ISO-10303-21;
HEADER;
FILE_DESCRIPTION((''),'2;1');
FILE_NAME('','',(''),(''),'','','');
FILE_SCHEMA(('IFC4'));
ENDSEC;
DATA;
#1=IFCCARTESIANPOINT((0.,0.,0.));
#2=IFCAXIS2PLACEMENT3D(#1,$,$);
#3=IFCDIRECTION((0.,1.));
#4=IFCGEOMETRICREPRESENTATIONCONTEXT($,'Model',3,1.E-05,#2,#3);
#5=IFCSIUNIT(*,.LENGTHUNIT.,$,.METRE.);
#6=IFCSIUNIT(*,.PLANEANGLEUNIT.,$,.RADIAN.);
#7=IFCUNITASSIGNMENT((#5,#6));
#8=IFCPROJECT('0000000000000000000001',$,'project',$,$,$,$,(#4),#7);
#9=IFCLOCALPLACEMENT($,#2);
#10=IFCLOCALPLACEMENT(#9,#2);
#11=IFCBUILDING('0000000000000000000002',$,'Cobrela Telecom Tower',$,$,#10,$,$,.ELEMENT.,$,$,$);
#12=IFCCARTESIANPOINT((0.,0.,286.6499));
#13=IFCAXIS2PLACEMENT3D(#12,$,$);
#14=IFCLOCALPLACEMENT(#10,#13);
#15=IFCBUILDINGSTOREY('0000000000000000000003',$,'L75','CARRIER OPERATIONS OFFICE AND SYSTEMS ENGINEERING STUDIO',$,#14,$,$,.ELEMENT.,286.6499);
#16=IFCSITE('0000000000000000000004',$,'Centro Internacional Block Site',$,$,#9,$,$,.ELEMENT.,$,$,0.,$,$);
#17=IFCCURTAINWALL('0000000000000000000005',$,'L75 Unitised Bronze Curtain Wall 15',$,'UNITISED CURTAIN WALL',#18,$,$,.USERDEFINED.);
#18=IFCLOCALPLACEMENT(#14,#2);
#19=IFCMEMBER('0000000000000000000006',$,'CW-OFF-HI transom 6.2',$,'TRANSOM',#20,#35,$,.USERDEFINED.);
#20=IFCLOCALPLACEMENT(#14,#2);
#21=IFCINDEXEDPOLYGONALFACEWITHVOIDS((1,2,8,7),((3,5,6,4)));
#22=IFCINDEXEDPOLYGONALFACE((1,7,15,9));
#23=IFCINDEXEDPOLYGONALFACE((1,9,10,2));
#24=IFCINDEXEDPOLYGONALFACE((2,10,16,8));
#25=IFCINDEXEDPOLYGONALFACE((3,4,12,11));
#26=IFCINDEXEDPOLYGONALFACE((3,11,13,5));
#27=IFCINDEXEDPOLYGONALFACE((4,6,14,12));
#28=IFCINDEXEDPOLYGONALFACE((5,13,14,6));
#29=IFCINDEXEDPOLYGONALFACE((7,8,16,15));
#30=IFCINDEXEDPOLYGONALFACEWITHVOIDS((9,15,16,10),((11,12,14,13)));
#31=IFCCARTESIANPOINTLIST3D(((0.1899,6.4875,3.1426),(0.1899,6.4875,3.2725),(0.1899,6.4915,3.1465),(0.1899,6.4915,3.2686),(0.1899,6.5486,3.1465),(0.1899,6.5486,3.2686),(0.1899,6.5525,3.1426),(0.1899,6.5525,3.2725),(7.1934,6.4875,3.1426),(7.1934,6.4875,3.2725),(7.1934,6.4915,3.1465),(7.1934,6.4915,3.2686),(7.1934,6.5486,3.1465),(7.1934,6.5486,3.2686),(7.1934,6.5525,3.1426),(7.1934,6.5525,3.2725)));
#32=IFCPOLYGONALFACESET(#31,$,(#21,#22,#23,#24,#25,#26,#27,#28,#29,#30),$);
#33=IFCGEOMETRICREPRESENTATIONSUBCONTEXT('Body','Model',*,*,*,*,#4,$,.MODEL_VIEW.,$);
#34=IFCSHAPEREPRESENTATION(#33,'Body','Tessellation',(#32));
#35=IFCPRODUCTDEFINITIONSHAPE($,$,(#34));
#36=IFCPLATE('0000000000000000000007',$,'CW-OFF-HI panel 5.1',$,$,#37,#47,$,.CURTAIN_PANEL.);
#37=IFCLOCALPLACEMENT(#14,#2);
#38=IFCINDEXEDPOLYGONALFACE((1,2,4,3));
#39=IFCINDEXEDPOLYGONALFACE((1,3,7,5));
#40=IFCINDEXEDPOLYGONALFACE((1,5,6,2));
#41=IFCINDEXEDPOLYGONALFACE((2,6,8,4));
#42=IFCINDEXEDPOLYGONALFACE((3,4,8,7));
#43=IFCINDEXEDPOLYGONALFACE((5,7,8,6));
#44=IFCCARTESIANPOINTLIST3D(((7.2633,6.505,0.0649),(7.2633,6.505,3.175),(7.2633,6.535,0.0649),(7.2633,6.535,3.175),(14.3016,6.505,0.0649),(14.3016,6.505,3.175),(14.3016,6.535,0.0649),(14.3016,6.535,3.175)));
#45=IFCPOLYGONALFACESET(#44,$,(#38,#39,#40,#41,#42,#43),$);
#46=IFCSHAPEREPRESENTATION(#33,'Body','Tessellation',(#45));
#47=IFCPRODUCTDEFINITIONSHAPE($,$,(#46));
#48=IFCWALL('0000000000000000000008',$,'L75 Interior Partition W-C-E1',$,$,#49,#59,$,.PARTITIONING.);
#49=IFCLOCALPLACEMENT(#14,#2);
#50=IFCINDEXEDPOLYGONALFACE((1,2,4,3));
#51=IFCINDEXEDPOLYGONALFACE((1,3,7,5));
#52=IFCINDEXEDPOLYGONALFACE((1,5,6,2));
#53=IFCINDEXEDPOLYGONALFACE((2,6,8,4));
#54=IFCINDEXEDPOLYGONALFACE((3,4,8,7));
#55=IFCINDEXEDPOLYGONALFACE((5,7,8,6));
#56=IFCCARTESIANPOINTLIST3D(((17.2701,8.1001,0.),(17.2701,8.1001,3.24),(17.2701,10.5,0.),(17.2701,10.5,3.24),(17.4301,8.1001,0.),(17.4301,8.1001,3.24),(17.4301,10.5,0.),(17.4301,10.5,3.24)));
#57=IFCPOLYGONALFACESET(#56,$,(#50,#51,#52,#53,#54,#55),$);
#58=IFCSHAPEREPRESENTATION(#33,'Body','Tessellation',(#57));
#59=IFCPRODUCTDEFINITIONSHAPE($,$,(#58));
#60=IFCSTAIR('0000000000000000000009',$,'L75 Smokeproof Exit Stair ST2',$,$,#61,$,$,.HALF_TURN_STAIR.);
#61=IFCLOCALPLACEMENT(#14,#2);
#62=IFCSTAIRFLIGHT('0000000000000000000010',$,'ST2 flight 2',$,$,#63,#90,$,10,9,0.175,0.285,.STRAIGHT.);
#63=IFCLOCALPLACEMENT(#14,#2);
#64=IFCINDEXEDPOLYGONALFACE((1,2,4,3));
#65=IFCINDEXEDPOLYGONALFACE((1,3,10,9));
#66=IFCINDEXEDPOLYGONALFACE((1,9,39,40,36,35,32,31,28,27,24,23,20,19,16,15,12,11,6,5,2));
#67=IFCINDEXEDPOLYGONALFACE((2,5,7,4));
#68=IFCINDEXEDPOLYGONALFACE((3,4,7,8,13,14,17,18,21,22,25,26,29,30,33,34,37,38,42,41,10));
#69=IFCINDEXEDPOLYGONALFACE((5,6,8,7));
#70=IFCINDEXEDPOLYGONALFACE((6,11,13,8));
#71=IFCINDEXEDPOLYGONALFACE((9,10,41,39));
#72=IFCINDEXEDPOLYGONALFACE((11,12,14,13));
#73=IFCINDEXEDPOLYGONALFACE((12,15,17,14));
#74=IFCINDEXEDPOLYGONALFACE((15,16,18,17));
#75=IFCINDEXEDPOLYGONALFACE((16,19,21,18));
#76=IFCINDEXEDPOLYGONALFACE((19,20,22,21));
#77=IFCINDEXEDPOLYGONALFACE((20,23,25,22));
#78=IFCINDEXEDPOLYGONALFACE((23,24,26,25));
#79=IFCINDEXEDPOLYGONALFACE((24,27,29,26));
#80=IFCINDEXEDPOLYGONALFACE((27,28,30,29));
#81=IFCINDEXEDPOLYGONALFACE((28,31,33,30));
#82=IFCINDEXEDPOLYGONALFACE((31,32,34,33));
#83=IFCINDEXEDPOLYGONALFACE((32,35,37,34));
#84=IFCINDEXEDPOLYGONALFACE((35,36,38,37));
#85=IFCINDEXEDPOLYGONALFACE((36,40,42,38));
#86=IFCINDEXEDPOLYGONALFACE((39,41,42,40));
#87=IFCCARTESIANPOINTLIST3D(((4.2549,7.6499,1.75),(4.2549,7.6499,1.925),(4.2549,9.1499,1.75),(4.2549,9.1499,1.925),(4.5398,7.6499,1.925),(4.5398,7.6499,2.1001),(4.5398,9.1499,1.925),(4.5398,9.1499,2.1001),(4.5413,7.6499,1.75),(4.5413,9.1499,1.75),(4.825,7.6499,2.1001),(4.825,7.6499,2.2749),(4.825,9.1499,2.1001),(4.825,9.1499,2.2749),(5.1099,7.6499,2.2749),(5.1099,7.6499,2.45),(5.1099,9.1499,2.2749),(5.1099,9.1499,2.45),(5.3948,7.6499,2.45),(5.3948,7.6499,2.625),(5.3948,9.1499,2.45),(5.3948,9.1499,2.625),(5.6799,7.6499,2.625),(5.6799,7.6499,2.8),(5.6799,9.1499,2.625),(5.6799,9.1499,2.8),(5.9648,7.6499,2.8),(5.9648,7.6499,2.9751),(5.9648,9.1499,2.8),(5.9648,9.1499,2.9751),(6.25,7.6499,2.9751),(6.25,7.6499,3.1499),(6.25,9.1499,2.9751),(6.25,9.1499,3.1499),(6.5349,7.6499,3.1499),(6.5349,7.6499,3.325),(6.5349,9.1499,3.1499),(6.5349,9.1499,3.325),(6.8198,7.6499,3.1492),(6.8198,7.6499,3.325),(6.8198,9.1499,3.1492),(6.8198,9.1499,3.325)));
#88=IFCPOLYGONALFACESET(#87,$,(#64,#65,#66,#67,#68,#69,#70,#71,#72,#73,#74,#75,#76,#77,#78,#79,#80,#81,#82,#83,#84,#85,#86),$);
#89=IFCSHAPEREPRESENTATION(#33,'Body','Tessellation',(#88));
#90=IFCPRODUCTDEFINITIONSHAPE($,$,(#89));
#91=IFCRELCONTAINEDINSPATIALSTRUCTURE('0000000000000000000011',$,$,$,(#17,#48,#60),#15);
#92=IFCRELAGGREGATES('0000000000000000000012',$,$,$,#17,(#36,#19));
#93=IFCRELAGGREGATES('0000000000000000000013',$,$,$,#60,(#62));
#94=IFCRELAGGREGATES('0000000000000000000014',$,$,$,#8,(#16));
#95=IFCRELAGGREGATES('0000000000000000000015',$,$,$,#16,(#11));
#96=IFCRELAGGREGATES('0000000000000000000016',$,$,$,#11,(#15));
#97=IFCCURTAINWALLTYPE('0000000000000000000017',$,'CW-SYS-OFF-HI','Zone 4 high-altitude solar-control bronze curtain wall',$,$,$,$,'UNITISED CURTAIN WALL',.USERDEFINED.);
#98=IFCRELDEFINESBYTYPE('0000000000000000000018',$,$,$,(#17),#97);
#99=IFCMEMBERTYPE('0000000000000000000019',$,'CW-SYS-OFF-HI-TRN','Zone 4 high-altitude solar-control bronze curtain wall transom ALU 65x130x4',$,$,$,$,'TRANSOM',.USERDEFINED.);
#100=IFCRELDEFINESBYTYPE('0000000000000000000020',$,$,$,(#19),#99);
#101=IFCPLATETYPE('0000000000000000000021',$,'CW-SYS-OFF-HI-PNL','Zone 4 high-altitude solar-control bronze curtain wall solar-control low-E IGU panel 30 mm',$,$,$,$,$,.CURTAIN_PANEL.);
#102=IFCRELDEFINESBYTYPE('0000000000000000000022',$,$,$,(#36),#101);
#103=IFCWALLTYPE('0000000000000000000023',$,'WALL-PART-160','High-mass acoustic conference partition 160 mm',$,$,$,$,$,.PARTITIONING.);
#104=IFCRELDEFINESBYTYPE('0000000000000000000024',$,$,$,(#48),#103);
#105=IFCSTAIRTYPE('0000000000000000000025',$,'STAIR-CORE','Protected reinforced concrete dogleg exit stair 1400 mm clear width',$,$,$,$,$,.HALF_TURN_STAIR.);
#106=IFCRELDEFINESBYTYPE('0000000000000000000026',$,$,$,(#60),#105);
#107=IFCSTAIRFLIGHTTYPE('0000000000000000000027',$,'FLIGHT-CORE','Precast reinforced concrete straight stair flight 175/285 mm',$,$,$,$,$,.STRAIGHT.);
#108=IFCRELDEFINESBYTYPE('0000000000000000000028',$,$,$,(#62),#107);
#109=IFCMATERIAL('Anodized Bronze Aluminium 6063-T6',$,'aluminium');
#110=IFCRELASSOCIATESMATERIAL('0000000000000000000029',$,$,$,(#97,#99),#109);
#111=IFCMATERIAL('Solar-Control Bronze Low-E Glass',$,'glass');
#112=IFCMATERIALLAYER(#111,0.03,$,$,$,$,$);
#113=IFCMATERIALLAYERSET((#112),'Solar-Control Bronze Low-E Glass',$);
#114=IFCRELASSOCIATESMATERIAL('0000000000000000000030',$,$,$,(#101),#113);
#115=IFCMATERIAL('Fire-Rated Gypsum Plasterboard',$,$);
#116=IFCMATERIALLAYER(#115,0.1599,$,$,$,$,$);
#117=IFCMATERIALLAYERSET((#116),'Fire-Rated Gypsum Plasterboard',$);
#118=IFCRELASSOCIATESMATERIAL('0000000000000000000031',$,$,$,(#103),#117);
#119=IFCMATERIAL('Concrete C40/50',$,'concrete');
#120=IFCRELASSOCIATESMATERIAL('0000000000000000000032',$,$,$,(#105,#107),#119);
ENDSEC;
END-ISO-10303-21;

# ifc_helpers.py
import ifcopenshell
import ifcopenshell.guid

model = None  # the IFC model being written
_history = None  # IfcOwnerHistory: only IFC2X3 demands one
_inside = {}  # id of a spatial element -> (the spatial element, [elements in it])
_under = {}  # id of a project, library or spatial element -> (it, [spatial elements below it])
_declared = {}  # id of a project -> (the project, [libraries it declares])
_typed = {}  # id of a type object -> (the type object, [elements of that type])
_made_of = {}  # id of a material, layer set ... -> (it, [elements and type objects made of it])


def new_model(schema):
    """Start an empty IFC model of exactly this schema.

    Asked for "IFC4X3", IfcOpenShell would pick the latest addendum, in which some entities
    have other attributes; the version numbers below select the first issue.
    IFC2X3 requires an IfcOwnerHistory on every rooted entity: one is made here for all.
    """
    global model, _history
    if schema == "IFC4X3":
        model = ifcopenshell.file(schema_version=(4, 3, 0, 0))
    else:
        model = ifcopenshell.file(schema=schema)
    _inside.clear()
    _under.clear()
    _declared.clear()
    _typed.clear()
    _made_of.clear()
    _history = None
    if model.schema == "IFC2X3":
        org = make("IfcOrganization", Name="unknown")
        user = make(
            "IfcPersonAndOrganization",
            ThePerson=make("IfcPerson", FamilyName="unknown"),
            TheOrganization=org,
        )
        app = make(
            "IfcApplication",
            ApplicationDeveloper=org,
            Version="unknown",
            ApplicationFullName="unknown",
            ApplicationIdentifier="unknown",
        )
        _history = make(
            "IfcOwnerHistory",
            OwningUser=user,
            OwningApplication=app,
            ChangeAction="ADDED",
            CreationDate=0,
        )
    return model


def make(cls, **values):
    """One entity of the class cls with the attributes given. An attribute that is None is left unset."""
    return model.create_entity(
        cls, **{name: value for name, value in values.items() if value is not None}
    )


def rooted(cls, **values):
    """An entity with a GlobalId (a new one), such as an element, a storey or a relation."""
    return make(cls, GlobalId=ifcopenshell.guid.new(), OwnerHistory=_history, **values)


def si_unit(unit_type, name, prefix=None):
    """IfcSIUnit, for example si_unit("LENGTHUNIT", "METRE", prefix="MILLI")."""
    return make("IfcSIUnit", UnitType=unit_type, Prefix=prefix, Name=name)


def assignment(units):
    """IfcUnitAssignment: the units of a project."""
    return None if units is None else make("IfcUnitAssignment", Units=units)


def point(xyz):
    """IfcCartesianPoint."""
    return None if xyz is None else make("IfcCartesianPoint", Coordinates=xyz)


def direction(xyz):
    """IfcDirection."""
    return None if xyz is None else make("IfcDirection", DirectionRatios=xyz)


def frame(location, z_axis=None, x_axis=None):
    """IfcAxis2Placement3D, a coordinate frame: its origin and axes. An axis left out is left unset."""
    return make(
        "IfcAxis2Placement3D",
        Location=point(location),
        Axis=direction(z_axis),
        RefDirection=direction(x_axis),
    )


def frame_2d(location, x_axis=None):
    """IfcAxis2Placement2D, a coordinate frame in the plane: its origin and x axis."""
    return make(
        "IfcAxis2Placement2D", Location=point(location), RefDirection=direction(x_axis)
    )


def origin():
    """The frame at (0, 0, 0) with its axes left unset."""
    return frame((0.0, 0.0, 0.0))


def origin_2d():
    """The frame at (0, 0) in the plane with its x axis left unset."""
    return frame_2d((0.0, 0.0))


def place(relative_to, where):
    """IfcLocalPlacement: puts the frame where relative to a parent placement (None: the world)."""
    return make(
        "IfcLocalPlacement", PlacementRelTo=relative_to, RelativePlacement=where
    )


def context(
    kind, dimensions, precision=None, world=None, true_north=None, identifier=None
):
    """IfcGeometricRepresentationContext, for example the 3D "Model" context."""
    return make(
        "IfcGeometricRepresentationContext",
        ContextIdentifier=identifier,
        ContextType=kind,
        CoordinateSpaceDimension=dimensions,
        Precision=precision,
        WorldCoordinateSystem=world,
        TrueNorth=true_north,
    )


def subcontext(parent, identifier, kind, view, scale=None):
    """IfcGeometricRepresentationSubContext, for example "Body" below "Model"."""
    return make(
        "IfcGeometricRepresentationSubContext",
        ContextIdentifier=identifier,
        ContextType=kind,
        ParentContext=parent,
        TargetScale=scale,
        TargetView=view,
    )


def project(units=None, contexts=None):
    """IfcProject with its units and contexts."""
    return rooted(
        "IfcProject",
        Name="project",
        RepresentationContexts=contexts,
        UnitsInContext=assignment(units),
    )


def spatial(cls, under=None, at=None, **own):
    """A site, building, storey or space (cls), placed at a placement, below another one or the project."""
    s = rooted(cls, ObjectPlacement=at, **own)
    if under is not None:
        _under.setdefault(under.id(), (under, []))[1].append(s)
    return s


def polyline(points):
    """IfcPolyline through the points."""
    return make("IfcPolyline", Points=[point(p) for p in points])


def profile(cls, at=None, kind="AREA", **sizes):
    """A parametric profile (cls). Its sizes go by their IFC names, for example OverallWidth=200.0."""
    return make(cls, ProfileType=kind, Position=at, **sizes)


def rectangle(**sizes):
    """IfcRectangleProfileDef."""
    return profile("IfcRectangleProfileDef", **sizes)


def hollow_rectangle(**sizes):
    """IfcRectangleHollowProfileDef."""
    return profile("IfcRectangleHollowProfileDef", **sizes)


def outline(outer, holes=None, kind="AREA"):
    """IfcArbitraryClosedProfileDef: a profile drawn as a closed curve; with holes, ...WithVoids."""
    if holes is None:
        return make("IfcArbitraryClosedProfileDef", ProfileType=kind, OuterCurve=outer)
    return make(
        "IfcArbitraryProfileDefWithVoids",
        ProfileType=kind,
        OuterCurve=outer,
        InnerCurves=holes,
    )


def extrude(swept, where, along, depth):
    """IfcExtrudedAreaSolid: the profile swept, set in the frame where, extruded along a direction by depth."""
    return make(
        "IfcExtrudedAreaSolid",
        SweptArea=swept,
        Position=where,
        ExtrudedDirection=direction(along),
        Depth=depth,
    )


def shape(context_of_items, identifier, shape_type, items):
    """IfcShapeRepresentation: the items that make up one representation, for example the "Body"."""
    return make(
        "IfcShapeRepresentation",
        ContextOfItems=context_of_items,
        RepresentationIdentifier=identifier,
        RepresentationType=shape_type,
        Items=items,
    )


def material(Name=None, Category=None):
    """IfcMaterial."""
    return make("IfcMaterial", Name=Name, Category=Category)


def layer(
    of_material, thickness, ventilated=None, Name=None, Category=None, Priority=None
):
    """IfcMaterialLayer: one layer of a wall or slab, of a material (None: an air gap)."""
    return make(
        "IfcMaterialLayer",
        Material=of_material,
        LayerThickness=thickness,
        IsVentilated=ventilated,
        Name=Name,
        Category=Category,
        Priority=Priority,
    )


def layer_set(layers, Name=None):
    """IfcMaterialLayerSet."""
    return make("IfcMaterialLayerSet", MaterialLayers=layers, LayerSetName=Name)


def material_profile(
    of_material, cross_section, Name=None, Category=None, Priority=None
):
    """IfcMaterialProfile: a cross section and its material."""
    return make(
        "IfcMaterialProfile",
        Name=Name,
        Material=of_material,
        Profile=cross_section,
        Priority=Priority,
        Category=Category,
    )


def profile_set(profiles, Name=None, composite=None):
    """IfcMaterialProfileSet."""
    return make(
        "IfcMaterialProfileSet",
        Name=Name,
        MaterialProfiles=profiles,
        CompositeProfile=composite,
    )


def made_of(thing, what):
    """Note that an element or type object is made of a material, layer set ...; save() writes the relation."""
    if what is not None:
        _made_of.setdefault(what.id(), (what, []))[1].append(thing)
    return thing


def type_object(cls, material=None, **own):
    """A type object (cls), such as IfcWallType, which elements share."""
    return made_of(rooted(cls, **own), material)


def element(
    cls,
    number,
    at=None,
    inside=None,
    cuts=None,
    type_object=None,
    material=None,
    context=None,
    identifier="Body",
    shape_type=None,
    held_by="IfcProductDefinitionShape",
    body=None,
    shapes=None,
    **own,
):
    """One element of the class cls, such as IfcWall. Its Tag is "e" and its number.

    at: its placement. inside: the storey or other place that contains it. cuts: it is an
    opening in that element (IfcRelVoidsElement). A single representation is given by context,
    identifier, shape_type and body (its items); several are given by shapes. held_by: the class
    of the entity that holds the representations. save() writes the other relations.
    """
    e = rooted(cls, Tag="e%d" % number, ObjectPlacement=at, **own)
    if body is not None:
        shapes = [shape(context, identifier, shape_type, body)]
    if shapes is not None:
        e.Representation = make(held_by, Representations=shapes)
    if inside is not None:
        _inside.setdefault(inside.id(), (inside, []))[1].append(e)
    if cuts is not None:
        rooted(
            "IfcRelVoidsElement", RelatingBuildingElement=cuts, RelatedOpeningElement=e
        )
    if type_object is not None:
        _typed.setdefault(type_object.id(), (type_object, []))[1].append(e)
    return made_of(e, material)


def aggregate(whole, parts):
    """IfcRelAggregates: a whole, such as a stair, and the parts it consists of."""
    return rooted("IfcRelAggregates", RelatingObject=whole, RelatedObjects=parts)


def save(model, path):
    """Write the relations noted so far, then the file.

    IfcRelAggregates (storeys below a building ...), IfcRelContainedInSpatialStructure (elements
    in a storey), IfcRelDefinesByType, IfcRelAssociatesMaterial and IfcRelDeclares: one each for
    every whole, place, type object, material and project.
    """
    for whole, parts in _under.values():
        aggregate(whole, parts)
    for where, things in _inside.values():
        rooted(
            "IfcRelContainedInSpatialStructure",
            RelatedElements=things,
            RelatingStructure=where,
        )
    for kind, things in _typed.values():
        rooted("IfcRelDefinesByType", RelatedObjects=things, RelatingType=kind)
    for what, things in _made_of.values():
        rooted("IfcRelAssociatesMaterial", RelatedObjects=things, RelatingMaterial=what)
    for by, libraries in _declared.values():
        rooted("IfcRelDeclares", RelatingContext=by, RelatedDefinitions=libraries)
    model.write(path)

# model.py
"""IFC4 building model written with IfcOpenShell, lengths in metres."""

from ifc_helpers import new_model, si_unit, direction, frame, frame_2d, origin, origin_2d, place, context, subcontext, project, spatial, polyline, rectangle, hollow_rectangle, outline, extrude, material, layer, layer_set, material_profile, profile_set, type_object, element, aggregate, save


model = new_model("IFC4")

# Units and contexts
model_context = context("Model", 3, precision=1e-05, world=origin(), true_north=direction((0.0, 1.0)))
body_context = subcontext(model_context, "Body", "Model", "MODEL_VIEW")
ifc_project = project(units=[si_unit("LENGTHUNIT", "METRE"), si_unit("PLANEANGLEUNIT", "RADIAN")], contexts=[model_context])

# Site, building, storey
site_placement = place(None, origin())
site = spatial("IfcSite", under=ifc_project, at=site_placement, Name="Centro Internacional Block Site", CompositionType="ELEMENT", RefElevation=0.0)
building_placement = place(site_placement, origin())
building = spatial("IfcBuilding", under=site, at=building_placement, Name="Cobrela Telecom Tower", CompositionType="ELEMENT")
storey_placement = place(building_placement, frame((0.0, 0.0, 286.6499)))
storey = spatial("IfcBuildingStorey", under=building, at=storey_placement, Name="L75", Description="CARRIER OPERATIONS OFFICE AND SYSTEMS ENGINEERING STUDIO", CompositionType="ELEMENT", Elevation=286.6499)

# Curtain wall, member, plate
ifc_material_1 = material(Name="Anodized Bronze Aluminium 6063-T6", Category="aluminium")
curtain_wall_type = type_object("IfcCurtainWallType", Name="CW-SYS-OFF-HI", Description="Zone 4 high-altitude solar-control bronze curtain wall", ElementType="UNITISED CURTAIN WALL", PredefinedType="USERDEFINED", material=ifc_material_1)
curtain_wall_placement = place(storey_placement, origin())
curtain_wall = element("IfcCurtainWall", 1, at=curtain_wall_placement, inside=storey, type_object=curtain_wall_type, Name="L75 Unitised Bronze Curtain Wall 15", ObjectType="UNITISED CURTAIN WALL", PredefinedType="USERDEFINED")
ifc_material_profile_1 = material_profile(ifc_material_1, hollow_rectangle(XDim=0.0649, YDim=0.1299, WallThickness=0.0039, at=origin_2d()), Name="ALU 65x130x4")
ifc_profile_set_1 = profile_set([ifc_material_profile_1], Name="Anodized Bronze Aluminium 6063-T6")
member_type_1 = type_object("IfcMemberType", Name="CW-SYS-OFF-HI-TRN", Description="Zone 4 high-altitude solar-control bronze curtain wall transom ALU 65x130x4", ElementType="TRANSOM", PredefinedType="USERDEFINED", material=ifc_profile_set_1)
member_1_placement = place(storey_placement, frame((7.1934, 6.52, 3.2075), z_axis=(-1.0, 0.0, 0.0), x_axis=(0.0, -1.0, 0.0)))
member_1 = element("IfcMember", 2, at=member_1_placement, type_object=member_type_1, Name="CW-OFF-HI transom 6.2", ObjectType="TRANSOM", PredefinedType="USERDEFINED", context=body_context, shape_type="SweptSolid", body=[
    extrude(hollow_rectangle(XDim=0.0649, YDim=0.1299, WallThickness=0.0039, at=origin_2d()), origin(), (0.0, 0.0, 1.0), 7.0034),
])
ifc_material_2 = material(Name="Solar-Control Bronze Low-E Glass", Category="glass")
ifc_layer_1 = layer(ifc_material_2, 0.03)
ifc_layer_set_1 = layer_set([ifc_layer_1], Name="Solar-Control Bronze Low-E Glass")
plate_type = type_object("IfcPlateType", Name="CW-SYS-OFF-HI-PNL", Description="Zone 4 high-altitude solar-control bronze curtain wall solar-control low-E IGU panel 30 mm", PredefinedType="CURTAIN_PANEL", material=ifc_layer_set_1)
plate_placement = place(storey_placement, frame((10.7825, 6.52, 0.0649), z_axis=(0.0, 0.0, 1.0), x_axis=(-1.0, 0.0, 0.0)))
plate = element("IfcPlate", 3, at=plate_placement, type_object=plate_type, Name="CW-OFF-HI panel 5.1", PredefinedType="CURTAIN_PANEL", context=body_context, shape_type="SweptSolid", body=[
    extrude(rectangle(XDim=7.0383, YDim=0.03, at=origin_2d()), origin(), (0.0, 0.0, 1.0), 3.1101),
])
aggregate(curtain_wall, [plate, member_1])

# Shared definitions
ifc_material_3 = material(Name="Fire-Rated Gypsum Plasterboard")

# Wall
ifc_layer_2 = layer(ifc_material_3, 0.1599)
ifc_layer_set_2 = layer_set([ifc_layer_2], Name="Fire-Rated Gypsum Plasterboard")
wall_type_1 = type_object("IfcWallType", Name="WALL-PART-160", Description="High-mass acoustic conference partition 160 mm", PredefinedType="PARTITIONING", material=ifc_layer_set_2)
wall_1_placement = place(storey_placement, frame((17.3501, 8.1001, 0.0), z_axis=(0.0, 0.0, 1.0), x_axis=(0.0, 1.0, 0.0)))
element("IfcWall", 4, at=wall_1_placement, inside=storey, type_object=wall_type_1, Name="L75 Interior Partition W-C-E1", PredefinedType="PARTITIONING", context=body_context, shape_type="SweptSolid", body=[
    extrude(rectangle(XDim=2.3999, YDim=0.1599, at=frame_2d((1.2, 0.0))), origin(), (0.0, 0.0, 1.0), 3.24),
])

# Shared definitions
ifc_material_4 = material(Name="Concrete C40/50", Category="concrete")

# Stair, stair flight
stair_type = type_object("IfcStairType", Name="STAIR-CORE", Description="Protected reinforced concrete dogleg exit stair 1400 mm clear width", PredefinedType="HALF_TURN_STAIR", material=ifc_material_4)
stair_placement = place(storey_placement, origin())
stair = element("IfcStair", 5, at=stair_placement, inside=storey, type_object=stair_type, Name="L75 Smokeproof Exit Stair ST2", PredefinedType="HALF_TURN_STAIR")
stair_flight_type = type_object("IfcStairFlightType", Name="FLIGHT-CORE", Description="Precast reinforced concrete straight stair flight 175/285 mm", PredefinedType="STRAIGHT", material=ifc_material_4)
stair_flight_placement = place(storey_placement, frame((4.2549, 8.3999, 1.75), z_axis=(0.0, 0.0, 1.0), x_axis=(1.0, 0.0, 0.0)))
stair_flight = element("IfcStairFlight", 6, at=stair_flight_placement, type_object=stair_flight_type, Name="ST2 flight 2", NumberOfRisers=10, NumberOfTreads=9, PredefinedType="STRAIGHT", RiserHeight=0.175, TreadLength=0.285, context=body_context, shape_type="SweptSolid", body=[
    extrude(outline(polyline([(0.0, 0.0), (0.0, 0.175), (0.2849, 0.175), (0.2849, 0.3501), (0.5701, 0.3501), (0.5701, 0.5249), (0.855, 0.5249), (0.855, 0.7), (1.1399, 0.7), (1.1399, 0.875), (1.425, 0.875), (1.425, 1.05), (1.71, 1.05), (1.71, 1.2251), (1.9951, 1.2251), (1.9951, 1.3999), (2.28, 1.3999), (2.28, 1.575), (2.5649, 1.575), (2.5649, 1.75), (2.5649, 1.3992), (0.2864, 0.0), (0.0, 0.0)])), frame((0.0, 0.75, 0.0), z_axis=(0.0, -1.0, 0.0), x_axis=(1.0, 0.0, 0.0)), (0.0, 0.0, 1.0), 1.5),
])
aggregate(stair, [stair_flight])

save(model, "model.ifc")
